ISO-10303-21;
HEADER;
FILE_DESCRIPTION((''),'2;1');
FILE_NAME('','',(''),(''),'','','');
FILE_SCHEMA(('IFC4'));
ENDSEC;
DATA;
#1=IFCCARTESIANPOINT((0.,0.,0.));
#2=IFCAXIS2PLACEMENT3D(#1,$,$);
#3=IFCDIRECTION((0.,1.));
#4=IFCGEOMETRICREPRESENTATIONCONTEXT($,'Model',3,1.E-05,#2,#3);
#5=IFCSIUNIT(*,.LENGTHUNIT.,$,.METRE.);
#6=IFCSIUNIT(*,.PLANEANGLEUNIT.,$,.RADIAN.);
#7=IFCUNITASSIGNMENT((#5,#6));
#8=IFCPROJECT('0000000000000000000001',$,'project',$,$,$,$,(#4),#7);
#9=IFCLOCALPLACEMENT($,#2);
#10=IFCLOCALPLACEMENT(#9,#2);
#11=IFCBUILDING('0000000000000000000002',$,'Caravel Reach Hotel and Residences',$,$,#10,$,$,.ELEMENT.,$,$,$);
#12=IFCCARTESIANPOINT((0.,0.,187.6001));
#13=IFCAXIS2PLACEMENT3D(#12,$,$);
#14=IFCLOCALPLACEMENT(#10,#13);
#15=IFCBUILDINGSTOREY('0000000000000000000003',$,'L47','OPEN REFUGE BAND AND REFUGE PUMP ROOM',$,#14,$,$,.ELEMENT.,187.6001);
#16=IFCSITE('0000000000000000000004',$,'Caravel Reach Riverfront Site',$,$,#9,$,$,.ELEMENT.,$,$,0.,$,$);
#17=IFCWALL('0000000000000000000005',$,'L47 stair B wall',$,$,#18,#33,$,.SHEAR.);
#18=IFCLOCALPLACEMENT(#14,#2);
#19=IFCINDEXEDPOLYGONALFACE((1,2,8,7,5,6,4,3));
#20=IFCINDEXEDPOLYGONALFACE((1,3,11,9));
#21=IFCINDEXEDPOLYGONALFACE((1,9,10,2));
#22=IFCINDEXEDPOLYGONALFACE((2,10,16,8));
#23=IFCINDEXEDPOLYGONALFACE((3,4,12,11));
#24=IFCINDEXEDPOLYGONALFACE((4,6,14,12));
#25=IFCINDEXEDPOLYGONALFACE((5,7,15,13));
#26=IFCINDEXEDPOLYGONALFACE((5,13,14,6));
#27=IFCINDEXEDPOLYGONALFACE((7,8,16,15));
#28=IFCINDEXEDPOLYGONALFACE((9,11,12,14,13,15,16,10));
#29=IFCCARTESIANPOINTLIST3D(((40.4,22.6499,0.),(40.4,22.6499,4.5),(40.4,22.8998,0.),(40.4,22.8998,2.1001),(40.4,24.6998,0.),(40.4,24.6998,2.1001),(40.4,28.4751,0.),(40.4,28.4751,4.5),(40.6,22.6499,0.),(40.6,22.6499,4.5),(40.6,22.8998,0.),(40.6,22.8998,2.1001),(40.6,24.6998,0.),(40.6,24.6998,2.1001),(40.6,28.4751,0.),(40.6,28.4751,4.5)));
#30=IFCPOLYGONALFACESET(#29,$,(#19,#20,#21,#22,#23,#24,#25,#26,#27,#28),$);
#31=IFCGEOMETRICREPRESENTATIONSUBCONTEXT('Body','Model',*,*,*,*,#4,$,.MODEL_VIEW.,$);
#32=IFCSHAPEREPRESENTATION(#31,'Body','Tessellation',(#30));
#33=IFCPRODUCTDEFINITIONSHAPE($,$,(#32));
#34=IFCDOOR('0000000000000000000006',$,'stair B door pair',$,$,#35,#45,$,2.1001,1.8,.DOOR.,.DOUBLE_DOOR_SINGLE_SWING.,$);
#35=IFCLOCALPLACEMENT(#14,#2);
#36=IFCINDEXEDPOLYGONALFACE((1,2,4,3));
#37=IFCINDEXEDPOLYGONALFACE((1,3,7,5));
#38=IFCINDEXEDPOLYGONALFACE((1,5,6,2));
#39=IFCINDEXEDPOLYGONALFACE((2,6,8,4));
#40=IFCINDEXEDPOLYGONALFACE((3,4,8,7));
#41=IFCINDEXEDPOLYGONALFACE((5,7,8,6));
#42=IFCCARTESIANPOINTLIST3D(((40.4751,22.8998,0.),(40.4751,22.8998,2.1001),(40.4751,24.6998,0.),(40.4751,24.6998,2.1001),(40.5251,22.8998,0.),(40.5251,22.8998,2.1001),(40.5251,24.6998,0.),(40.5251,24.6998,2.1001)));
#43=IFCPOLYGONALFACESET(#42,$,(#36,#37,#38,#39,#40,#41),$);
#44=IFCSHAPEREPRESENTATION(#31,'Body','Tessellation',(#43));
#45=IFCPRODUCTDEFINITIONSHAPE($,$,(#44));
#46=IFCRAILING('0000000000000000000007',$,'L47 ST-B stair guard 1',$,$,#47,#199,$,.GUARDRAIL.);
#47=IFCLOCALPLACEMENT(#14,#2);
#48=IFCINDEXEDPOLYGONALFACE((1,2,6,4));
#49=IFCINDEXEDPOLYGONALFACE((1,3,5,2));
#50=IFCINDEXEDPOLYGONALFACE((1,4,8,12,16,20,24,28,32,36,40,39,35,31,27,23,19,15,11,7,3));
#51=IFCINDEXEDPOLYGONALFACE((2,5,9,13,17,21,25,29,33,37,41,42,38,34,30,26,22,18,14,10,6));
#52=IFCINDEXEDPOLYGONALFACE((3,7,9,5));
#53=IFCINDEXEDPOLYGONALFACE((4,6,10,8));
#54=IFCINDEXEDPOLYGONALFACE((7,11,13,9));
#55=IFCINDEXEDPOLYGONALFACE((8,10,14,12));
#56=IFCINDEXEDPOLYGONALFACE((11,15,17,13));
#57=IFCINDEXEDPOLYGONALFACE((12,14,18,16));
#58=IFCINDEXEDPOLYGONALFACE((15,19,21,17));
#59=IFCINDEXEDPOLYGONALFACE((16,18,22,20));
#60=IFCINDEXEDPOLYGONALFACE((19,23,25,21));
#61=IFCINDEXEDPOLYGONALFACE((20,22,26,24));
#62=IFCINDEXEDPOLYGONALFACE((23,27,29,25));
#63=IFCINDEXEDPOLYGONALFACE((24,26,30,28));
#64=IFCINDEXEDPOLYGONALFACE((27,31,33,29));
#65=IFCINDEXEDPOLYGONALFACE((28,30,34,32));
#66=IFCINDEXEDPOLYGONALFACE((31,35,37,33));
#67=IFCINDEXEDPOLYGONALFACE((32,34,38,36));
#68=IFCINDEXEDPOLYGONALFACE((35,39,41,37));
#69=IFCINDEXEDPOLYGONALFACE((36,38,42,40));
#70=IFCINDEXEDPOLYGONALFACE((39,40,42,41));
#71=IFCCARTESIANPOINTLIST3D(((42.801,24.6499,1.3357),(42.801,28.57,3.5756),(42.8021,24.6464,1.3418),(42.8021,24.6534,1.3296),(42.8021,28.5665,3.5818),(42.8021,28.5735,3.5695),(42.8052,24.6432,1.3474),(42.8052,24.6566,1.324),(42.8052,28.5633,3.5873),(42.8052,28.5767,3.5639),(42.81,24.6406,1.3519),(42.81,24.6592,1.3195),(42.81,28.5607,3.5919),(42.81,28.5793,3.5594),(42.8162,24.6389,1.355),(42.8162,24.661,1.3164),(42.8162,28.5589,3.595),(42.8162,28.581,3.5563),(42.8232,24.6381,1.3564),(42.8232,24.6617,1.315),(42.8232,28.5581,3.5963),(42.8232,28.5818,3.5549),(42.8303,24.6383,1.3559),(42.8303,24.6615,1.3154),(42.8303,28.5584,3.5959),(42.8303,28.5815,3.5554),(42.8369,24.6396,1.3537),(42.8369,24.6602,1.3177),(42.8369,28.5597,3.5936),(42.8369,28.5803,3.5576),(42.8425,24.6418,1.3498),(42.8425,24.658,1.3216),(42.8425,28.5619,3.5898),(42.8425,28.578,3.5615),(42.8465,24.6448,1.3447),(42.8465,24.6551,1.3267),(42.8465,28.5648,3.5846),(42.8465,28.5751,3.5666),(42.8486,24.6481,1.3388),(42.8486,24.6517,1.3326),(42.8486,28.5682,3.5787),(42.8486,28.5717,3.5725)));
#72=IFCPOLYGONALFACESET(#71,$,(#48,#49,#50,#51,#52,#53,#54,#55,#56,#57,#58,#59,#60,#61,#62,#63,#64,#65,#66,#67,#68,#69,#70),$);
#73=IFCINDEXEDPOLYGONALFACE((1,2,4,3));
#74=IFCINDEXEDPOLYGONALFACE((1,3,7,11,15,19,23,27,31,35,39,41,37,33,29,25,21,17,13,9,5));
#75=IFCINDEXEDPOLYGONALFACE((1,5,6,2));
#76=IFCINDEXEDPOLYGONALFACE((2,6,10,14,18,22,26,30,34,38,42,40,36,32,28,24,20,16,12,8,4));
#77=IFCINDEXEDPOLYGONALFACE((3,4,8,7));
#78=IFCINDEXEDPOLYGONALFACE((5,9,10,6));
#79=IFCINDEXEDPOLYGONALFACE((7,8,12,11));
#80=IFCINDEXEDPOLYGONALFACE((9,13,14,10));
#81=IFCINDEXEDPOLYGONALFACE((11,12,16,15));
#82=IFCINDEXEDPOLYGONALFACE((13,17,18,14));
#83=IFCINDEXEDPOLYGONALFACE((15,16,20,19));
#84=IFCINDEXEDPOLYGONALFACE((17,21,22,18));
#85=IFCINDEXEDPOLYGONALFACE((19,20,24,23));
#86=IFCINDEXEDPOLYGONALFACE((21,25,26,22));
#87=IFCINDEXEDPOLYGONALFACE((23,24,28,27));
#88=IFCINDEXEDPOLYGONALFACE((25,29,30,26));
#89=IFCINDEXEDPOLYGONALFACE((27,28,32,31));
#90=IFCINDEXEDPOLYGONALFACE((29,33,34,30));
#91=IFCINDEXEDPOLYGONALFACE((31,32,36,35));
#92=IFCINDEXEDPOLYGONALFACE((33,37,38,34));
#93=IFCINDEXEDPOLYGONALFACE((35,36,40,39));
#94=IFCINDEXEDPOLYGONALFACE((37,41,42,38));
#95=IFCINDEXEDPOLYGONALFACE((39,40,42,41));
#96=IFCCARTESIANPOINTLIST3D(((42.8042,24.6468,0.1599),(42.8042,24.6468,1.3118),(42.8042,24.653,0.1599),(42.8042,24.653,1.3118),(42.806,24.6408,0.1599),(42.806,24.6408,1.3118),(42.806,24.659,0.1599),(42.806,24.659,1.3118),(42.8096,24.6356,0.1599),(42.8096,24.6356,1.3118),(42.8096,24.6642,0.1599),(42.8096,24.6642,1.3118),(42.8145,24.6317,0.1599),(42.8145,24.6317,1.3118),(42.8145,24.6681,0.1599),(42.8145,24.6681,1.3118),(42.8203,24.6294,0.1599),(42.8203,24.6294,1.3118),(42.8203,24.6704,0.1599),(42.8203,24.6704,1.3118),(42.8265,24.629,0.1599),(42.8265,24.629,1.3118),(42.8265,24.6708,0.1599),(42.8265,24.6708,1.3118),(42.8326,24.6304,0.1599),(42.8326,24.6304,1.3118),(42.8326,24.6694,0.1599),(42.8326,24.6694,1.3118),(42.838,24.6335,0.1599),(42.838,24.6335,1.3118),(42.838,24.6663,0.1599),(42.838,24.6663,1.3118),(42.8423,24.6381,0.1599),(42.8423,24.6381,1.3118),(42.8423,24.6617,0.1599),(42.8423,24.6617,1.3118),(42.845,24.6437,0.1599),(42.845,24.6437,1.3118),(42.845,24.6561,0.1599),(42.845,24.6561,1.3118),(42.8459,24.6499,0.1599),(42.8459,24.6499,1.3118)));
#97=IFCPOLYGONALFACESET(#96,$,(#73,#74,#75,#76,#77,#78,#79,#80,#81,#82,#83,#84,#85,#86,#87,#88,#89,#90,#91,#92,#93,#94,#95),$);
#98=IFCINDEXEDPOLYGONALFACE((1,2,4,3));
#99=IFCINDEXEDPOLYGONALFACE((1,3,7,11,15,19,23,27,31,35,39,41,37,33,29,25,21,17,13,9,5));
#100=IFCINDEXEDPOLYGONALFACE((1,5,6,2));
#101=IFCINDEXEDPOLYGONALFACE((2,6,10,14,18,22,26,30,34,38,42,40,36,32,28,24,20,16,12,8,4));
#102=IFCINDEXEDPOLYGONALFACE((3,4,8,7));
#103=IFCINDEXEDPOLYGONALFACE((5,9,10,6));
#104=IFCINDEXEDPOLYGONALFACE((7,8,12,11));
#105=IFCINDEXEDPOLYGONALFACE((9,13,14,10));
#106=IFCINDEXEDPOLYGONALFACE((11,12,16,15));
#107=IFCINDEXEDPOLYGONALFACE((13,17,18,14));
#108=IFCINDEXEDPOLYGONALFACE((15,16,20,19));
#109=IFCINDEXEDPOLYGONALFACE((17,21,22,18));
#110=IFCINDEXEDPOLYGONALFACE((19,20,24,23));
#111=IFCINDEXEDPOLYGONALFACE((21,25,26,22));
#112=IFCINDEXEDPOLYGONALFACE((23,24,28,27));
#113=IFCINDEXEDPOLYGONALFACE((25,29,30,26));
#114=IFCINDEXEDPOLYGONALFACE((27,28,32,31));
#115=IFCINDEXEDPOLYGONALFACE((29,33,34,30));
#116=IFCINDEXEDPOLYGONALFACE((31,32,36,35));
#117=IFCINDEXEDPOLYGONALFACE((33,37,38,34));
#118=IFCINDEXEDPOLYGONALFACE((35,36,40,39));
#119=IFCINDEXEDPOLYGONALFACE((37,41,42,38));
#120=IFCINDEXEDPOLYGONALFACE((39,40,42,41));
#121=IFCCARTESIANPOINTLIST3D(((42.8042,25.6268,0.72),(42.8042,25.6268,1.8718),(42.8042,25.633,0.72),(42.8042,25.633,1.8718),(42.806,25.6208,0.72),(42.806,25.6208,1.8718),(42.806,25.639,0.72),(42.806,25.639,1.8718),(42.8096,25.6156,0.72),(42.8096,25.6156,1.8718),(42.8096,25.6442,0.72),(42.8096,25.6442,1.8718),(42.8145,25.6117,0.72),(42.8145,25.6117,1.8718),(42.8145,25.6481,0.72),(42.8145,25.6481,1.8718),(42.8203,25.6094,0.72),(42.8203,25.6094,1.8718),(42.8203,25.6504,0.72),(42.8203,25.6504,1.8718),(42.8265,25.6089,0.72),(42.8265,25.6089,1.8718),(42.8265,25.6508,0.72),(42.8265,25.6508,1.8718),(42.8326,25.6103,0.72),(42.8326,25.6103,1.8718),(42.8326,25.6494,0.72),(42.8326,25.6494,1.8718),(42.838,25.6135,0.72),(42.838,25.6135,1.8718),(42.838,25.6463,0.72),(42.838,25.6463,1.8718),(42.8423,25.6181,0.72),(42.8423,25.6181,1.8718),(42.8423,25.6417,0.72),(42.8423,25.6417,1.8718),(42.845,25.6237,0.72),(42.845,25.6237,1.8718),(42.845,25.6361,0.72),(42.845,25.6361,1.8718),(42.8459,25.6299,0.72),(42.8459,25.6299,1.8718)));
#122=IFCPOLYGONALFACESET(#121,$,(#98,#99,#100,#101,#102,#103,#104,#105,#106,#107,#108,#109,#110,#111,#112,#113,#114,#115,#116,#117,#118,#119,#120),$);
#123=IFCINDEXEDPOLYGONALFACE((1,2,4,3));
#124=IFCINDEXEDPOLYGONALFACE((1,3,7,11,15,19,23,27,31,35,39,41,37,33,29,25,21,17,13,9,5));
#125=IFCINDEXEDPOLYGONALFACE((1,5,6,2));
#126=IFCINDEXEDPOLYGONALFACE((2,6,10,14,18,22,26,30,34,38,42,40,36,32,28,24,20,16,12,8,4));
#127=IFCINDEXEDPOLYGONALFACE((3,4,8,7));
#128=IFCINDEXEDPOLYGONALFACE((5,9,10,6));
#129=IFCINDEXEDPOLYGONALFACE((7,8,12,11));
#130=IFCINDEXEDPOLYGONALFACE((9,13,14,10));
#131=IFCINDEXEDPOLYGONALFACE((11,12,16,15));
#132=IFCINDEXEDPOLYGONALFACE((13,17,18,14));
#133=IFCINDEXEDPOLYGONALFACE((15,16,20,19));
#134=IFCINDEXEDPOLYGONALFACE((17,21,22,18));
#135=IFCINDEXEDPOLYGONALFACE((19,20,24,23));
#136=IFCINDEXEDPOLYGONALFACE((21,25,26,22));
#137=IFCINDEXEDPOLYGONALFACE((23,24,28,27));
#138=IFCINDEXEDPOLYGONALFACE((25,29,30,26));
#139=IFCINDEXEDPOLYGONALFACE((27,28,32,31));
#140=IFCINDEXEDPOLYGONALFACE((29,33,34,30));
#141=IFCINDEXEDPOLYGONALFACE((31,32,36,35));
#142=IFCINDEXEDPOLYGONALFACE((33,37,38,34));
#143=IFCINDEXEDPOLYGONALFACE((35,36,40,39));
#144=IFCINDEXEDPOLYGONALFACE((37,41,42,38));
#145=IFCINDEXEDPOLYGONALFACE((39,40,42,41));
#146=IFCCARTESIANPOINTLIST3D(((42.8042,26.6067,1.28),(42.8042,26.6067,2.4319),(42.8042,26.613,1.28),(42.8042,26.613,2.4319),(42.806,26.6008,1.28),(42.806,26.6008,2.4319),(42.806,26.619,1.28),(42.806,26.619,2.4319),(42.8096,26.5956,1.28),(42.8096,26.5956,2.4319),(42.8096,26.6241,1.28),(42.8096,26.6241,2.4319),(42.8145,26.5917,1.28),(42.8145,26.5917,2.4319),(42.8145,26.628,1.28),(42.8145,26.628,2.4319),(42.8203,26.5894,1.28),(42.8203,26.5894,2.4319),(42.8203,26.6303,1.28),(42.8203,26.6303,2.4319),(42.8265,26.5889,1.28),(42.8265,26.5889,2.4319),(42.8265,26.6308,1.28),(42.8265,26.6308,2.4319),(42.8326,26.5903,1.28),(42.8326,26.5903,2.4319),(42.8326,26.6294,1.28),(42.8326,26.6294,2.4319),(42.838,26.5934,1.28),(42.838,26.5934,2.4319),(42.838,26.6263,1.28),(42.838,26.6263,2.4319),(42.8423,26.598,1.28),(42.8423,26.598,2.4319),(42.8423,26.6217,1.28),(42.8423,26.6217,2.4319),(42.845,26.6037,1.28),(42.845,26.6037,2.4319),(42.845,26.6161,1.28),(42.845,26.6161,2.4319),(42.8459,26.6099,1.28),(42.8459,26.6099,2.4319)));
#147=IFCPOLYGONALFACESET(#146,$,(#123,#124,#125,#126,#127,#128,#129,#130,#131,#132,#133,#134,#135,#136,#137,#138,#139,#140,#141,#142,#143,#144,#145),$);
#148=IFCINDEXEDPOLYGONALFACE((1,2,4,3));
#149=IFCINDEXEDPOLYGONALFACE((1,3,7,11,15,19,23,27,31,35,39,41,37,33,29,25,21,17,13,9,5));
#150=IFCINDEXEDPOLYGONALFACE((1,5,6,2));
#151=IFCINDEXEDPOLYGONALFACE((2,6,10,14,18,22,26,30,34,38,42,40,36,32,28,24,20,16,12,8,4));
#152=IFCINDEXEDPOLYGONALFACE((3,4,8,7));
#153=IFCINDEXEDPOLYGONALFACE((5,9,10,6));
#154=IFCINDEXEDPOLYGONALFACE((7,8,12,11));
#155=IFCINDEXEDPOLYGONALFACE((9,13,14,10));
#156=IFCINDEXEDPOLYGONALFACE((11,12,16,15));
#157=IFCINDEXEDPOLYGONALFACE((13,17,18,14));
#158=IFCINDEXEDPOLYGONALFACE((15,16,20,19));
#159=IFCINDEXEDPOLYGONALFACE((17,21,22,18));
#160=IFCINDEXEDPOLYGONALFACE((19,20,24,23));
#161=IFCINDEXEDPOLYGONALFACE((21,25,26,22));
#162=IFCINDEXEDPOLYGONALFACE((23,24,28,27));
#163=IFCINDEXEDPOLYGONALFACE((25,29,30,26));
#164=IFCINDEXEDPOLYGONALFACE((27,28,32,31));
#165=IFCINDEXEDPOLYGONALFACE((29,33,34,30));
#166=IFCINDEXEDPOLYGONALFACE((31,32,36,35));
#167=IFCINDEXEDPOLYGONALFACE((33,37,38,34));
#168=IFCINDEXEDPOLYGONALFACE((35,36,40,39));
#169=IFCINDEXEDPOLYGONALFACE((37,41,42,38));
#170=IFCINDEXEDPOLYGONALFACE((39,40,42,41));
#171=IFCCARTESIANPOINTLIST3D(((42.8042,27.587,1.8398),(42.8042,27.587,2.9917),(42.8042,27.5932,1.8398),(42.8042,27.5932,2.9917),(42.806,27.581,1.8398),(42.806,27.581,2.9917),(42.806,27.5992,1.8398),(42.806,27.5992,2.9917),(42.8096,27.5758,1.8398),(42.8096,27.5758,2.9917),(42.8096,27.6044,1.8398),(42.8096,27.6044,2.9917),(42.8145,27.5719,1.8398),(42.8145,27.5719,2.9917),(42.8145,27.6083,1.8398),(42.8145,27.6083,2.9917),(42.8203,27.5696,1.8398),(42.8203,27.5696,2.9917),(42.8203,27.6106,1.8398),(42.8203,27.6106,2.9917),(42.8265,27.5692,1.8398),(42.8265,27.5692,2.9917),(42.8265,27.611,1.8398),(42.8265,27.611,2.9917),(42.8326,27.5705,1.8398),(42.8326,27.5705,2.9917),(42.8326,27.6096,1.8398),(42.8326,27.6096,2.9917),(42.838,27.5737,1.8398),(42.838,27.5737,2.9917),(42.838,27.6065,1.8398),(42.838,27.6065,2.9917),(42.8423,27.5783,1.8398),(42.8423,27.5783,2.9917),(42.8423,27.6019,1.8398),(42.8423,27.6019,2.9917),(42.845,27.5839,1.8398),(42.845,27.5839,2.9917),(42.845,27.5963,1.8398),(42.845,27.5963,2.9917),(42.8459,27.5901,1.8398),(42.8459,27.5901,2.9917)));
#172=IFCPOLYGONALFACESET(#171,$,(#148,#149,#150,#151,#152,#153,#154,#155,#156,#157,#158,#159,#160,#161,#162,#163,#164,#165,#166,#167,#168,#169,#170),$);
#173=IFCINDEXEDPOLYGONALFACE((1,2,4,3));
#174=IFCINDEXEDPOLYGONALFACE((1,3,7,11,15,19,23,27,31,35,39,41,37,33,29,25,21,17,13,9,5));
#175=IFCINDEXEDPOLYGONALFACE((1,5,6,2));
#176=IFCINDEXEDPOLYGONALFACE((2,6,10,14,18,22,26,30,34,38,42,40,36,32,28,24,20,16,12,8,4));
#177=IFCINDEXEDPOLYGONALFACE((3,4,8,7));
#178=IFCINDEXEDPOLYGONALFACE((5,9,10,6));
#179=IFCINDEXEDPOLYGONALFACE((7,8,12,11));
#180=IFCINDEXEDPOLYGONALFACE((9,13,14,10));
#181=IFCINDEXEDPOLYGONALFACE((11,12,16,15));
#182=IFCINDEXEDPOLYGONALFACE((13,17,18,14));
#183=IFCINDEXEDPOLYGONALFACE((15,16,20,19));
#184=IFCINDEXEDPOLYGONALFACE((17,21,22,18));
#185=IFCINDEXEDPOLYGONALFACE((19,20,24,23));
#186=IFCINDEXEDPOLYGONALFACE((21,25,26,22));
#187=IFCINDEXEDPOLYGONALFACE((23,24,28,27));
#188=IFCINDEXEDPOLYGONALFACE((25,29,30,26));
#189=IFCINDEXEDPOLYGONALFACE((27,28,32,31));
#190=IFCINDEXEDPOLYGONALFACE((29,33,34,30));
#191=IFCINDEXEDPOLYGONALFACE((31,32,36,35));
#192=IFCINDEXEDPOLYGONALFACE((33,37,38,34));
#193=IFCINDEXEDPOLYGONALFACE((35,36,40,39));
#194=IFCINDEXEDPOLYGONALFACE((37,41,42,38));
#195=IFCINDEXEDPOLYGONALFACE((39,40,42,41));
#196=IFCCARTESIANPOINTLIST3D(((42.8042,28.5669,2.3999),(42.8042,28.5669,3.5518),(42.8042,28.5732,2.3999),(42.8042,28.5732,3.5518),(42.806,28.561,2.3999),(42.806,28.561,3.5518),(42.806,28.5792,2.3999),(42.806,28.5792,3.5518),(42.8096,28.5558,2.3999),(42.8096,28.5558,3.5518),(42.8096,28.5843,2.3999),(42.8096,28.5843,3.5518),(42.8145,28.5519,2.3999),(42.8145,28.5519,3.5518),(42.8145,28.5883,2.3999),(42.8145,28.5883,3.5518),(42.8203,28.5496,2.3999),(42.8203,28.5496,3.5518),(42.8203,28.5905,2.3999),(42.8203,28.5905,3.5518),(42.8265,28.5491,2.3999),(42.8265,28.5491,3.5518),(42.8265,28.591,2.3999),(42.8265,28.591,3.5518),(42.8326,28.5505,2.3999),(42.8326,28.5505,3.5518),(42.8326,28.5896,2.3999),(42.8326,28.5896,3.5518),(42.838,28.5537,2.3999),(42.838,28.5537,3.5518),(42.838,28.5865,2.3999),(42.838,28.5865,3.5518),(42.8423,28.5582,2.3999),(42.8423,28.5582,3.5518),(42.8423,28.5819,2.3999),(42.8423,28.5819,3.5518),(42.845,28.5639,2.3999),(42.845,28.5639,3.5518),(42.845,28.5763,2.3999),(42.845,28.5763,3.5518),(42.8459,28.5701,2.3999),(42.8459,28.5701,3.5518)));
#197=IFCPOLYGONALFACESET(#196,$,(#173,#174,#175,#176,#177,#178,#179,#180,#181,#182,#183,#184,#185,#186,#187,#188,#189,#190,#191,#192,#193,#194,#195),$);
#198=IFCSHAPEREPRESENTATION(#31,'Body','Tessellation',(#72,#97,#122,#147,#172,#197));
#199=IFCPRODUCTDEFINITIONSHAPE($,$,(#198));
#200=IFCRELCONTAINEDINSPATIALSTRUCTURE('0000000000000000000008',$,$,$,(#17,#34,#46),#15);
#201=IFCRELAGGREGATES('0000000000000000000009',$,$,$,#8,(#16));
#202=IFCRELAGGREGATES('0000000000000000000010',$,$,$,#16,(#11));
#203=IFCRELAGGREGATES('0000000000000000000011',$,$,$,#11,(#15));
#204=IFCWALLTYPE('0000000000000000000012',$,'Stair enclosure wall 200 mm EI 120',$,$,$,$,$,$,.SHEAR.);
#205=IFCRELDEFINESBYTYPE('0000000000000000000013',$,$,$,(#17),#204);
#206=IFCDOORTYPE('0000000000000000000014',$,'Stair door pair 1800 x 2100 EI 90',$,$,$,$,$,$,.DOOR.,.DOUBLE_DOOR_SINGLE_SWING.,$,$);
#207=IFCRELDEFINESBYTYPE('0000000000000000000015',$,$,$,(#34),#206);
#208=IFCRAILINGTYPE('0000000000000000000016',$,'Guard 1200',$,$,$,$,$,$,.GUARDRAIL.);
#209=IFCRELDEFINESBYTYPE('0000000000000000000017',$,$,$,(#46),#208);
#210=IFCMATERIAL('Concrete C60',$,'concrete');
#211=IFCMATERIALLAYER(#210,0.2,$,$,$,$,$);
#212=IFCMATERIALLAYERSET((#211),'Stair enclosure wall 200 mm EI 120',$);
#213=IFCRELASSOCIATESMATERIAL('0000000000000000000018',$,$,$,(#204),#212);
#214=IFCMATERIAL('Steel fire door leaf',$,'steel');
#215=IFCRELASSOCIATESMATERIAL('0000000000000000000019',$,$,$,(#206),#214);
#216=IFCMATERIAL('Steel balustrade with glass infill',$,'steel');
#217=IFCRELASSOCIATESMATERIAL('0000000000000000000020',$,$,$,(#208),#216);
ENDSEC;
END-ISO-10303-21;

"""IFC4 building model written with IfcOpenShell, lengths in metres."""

from ifc_helpers import new_model, si_unit, direction, frame, frame_2d, origin, origin_2d, place, context, subcontext, project, spatial, rectangle, circle, extrude, material, layer, layer_set, type_object, element, fill, save


model = new_model("IFC4")

# Units and contexts
model_context = context("Model", 3, precision=1e-05, world=origin(), true_north=direction((0.0, 1.0)))
body_context = subcontext(model_context, "Body", "Model", "MODEL_VIEW")
ifc_project = project(units=[si_unit("LENGTHUNIT", "METRE"), si_unit("PLANEANGLEUNIT", "RADIAN")], contexts=[model_context])

# Site, building, storey
site_placement = place(None, origin())
site = spatial("IfcSite", under=ifc_project, at=site_placement, Name="Caravel Reach Riverfront Site", CompositionType="ELEMENT", RefElevation=0.0)
building_placement = place(site_placement, origin())
building = spatial("IfcBuilding", under=site, at=building_placement, Name="Caravel Reach Hotel and Residences", CompositionType="ELEMENT")
storey_placement = place(building_placement, frame((0.0, 0.0, 187.6001)))
storey = spatial("IfcBuildingStorey", under=building, at=storey_placement, Name="L47", Description="OPEN REFUGE BAND AND REFUGE PUMP ROOM", CompositionType="ELEMENT", Elevation=187.6001)

# Wall, opening, door
ifc_material_1 = material(Name="Concrete C60", Category="concrete")
ifc_layer_1 = layer(ifc_material_1, 0.2)
ifc_layer_set_1 = layer_set([ifc_layer_1], Name="Stair enclosure wall 200 mm EI 120")
wall_type_1 = type_object("IfcWallType", Name="Stair enclosure wall 200 mm EI 120", PredefinedType="SHEAR", material=ifc_layer_set_1)
wall_1_placement = place(storey_placement, frame((40.5, 22.6499, 0.0), z_axis=(0.0, 0.0, 1.0), x_axis=(0.0, 1.0, 0.0)))
wall_1 = element("IfcWall", 1, at=wall_1_placement, inside=storey, type_object=wall_type_1, Name="L47 stair B wall", PredefinedType="SHEAR", context=body_context, shape_type="SweptSolid", body=[
    extrude(rectangle(XDim=5.8252, YDim=0.2, at=frame_2d((2.9126, 0.0))), origin(), (0.0, 0.0, 1.0), 4.5),
])
opening_1_placement = place(wall_1_placement, frame((0.25, 0.0, 0.0)))
opening_1 = element("IfcOpeningElement", 2, at=opening_1_placement, cuts=wall_1, PredefinedType="OPENING", context=body_context, shape_type="SweptSolid", body=[
    extrude(rectangle(XDim=1.8, YDim=2.1001, at=frame_2d((0.8999, 1.05))), frame((0.0, 0.1099, 0.0), z_axis=(0.0, -1.0, 0.0), x_axis=(1.0, 0.0, 0.0)), (0.0, 0.0, 1.0), 0.22),
])
ifc_material_2 = material(Name="Steel fire door leaf", Category="steel")
door_type_1 = type_object("IfcDoorType", Name="Stair door pair 1800 x 2100 EI 90", OperationType="DOUBLE_DOOR_SINGLE_SWING", PredefinedType="DOOR", material=ifc_material_2)
door_1_placement = place(opening_1_placement, origin())
door_1 = element("IfcDoor", 3, at=door_1_placement, inside=storey, type_object=door_type_1, Name="stair B door pair", OperationType="DOUBLE_DOOR_SINGLE_SWING", OverallHeight=2.1001, OverallWidth=1.8, PredefinedType="DOOR", context=body_context, shape_type="SweptSolid", body=[
    extrude(rectangle(XDim=1.8, YDim=2.1001, at=frame_2d((0.8999, 1.05))), frame((0.0, 0.0249, 0.0), z_axis=(0.0, -1.0, 0.0), x_axis=(1.0, 0.0, 0.0)), (0.0, 0.0, 1.0), 0.05),
])
fill(opening_1, door_1)

# Railing
ifc_material_3 = material(Name="Steel balustrade with glass infill", Category="steel")
railing_type_1 = type_object("IfcRailingType", Name="Guard 1200", PredefinedType="GUARDRAIL", material=ifc_material_3)
railing_1_placement = place(storey_placement, frame((42.825, 24.6499, 0.1599)))
element("IfcRailing", 4, at=railing_1_placement, inside=storey, type_object=railing_type_1, Name="L47 ST-B stair guard 1", PredefinedType="GUARDRAIL", context=body_context, shape_type="SweptSolid", body=[
    extrude(circle(Radius=0.0239, at=origin_2d()), frame((0.0, 0.0, 1.1758), z_axis=(0.0, 0.868253, 0.496121), x_axis=(-1.0, 0.0, 0.0)), (0.0, 0.0, 1.0), 4.5149),
    extrude(circle(Radius=0.021, at=origin_2d()), origin(), (0.0, 0.0, 1.0), 1.1519),
    extrude(circle(Radius=0.021, at=origin_2d()), frame((0.0, 0.98, 0.5601)), (0.0, 0.0, 1.0), 1.1519),
    extrude(circle(Radius=0.021, at=origin_2d()), frame((0.0, 1.96, 1.1201)), (0.0, 0.0, 1.0), 1.1519),
    extrude(circle(Radius=0.021, at=origin_2d()), frame((0.0, 2.9402, 1.6799)), (0.0, 0.0, 1.0), 1.1519),
    extrude(circle(Radius=0.021, at=origin_2d()), frame((0.0, 3.9202, 2.24)), (0.0, 0.0, 1.0), 1.1519),
])

save(model, "model.ifc")
